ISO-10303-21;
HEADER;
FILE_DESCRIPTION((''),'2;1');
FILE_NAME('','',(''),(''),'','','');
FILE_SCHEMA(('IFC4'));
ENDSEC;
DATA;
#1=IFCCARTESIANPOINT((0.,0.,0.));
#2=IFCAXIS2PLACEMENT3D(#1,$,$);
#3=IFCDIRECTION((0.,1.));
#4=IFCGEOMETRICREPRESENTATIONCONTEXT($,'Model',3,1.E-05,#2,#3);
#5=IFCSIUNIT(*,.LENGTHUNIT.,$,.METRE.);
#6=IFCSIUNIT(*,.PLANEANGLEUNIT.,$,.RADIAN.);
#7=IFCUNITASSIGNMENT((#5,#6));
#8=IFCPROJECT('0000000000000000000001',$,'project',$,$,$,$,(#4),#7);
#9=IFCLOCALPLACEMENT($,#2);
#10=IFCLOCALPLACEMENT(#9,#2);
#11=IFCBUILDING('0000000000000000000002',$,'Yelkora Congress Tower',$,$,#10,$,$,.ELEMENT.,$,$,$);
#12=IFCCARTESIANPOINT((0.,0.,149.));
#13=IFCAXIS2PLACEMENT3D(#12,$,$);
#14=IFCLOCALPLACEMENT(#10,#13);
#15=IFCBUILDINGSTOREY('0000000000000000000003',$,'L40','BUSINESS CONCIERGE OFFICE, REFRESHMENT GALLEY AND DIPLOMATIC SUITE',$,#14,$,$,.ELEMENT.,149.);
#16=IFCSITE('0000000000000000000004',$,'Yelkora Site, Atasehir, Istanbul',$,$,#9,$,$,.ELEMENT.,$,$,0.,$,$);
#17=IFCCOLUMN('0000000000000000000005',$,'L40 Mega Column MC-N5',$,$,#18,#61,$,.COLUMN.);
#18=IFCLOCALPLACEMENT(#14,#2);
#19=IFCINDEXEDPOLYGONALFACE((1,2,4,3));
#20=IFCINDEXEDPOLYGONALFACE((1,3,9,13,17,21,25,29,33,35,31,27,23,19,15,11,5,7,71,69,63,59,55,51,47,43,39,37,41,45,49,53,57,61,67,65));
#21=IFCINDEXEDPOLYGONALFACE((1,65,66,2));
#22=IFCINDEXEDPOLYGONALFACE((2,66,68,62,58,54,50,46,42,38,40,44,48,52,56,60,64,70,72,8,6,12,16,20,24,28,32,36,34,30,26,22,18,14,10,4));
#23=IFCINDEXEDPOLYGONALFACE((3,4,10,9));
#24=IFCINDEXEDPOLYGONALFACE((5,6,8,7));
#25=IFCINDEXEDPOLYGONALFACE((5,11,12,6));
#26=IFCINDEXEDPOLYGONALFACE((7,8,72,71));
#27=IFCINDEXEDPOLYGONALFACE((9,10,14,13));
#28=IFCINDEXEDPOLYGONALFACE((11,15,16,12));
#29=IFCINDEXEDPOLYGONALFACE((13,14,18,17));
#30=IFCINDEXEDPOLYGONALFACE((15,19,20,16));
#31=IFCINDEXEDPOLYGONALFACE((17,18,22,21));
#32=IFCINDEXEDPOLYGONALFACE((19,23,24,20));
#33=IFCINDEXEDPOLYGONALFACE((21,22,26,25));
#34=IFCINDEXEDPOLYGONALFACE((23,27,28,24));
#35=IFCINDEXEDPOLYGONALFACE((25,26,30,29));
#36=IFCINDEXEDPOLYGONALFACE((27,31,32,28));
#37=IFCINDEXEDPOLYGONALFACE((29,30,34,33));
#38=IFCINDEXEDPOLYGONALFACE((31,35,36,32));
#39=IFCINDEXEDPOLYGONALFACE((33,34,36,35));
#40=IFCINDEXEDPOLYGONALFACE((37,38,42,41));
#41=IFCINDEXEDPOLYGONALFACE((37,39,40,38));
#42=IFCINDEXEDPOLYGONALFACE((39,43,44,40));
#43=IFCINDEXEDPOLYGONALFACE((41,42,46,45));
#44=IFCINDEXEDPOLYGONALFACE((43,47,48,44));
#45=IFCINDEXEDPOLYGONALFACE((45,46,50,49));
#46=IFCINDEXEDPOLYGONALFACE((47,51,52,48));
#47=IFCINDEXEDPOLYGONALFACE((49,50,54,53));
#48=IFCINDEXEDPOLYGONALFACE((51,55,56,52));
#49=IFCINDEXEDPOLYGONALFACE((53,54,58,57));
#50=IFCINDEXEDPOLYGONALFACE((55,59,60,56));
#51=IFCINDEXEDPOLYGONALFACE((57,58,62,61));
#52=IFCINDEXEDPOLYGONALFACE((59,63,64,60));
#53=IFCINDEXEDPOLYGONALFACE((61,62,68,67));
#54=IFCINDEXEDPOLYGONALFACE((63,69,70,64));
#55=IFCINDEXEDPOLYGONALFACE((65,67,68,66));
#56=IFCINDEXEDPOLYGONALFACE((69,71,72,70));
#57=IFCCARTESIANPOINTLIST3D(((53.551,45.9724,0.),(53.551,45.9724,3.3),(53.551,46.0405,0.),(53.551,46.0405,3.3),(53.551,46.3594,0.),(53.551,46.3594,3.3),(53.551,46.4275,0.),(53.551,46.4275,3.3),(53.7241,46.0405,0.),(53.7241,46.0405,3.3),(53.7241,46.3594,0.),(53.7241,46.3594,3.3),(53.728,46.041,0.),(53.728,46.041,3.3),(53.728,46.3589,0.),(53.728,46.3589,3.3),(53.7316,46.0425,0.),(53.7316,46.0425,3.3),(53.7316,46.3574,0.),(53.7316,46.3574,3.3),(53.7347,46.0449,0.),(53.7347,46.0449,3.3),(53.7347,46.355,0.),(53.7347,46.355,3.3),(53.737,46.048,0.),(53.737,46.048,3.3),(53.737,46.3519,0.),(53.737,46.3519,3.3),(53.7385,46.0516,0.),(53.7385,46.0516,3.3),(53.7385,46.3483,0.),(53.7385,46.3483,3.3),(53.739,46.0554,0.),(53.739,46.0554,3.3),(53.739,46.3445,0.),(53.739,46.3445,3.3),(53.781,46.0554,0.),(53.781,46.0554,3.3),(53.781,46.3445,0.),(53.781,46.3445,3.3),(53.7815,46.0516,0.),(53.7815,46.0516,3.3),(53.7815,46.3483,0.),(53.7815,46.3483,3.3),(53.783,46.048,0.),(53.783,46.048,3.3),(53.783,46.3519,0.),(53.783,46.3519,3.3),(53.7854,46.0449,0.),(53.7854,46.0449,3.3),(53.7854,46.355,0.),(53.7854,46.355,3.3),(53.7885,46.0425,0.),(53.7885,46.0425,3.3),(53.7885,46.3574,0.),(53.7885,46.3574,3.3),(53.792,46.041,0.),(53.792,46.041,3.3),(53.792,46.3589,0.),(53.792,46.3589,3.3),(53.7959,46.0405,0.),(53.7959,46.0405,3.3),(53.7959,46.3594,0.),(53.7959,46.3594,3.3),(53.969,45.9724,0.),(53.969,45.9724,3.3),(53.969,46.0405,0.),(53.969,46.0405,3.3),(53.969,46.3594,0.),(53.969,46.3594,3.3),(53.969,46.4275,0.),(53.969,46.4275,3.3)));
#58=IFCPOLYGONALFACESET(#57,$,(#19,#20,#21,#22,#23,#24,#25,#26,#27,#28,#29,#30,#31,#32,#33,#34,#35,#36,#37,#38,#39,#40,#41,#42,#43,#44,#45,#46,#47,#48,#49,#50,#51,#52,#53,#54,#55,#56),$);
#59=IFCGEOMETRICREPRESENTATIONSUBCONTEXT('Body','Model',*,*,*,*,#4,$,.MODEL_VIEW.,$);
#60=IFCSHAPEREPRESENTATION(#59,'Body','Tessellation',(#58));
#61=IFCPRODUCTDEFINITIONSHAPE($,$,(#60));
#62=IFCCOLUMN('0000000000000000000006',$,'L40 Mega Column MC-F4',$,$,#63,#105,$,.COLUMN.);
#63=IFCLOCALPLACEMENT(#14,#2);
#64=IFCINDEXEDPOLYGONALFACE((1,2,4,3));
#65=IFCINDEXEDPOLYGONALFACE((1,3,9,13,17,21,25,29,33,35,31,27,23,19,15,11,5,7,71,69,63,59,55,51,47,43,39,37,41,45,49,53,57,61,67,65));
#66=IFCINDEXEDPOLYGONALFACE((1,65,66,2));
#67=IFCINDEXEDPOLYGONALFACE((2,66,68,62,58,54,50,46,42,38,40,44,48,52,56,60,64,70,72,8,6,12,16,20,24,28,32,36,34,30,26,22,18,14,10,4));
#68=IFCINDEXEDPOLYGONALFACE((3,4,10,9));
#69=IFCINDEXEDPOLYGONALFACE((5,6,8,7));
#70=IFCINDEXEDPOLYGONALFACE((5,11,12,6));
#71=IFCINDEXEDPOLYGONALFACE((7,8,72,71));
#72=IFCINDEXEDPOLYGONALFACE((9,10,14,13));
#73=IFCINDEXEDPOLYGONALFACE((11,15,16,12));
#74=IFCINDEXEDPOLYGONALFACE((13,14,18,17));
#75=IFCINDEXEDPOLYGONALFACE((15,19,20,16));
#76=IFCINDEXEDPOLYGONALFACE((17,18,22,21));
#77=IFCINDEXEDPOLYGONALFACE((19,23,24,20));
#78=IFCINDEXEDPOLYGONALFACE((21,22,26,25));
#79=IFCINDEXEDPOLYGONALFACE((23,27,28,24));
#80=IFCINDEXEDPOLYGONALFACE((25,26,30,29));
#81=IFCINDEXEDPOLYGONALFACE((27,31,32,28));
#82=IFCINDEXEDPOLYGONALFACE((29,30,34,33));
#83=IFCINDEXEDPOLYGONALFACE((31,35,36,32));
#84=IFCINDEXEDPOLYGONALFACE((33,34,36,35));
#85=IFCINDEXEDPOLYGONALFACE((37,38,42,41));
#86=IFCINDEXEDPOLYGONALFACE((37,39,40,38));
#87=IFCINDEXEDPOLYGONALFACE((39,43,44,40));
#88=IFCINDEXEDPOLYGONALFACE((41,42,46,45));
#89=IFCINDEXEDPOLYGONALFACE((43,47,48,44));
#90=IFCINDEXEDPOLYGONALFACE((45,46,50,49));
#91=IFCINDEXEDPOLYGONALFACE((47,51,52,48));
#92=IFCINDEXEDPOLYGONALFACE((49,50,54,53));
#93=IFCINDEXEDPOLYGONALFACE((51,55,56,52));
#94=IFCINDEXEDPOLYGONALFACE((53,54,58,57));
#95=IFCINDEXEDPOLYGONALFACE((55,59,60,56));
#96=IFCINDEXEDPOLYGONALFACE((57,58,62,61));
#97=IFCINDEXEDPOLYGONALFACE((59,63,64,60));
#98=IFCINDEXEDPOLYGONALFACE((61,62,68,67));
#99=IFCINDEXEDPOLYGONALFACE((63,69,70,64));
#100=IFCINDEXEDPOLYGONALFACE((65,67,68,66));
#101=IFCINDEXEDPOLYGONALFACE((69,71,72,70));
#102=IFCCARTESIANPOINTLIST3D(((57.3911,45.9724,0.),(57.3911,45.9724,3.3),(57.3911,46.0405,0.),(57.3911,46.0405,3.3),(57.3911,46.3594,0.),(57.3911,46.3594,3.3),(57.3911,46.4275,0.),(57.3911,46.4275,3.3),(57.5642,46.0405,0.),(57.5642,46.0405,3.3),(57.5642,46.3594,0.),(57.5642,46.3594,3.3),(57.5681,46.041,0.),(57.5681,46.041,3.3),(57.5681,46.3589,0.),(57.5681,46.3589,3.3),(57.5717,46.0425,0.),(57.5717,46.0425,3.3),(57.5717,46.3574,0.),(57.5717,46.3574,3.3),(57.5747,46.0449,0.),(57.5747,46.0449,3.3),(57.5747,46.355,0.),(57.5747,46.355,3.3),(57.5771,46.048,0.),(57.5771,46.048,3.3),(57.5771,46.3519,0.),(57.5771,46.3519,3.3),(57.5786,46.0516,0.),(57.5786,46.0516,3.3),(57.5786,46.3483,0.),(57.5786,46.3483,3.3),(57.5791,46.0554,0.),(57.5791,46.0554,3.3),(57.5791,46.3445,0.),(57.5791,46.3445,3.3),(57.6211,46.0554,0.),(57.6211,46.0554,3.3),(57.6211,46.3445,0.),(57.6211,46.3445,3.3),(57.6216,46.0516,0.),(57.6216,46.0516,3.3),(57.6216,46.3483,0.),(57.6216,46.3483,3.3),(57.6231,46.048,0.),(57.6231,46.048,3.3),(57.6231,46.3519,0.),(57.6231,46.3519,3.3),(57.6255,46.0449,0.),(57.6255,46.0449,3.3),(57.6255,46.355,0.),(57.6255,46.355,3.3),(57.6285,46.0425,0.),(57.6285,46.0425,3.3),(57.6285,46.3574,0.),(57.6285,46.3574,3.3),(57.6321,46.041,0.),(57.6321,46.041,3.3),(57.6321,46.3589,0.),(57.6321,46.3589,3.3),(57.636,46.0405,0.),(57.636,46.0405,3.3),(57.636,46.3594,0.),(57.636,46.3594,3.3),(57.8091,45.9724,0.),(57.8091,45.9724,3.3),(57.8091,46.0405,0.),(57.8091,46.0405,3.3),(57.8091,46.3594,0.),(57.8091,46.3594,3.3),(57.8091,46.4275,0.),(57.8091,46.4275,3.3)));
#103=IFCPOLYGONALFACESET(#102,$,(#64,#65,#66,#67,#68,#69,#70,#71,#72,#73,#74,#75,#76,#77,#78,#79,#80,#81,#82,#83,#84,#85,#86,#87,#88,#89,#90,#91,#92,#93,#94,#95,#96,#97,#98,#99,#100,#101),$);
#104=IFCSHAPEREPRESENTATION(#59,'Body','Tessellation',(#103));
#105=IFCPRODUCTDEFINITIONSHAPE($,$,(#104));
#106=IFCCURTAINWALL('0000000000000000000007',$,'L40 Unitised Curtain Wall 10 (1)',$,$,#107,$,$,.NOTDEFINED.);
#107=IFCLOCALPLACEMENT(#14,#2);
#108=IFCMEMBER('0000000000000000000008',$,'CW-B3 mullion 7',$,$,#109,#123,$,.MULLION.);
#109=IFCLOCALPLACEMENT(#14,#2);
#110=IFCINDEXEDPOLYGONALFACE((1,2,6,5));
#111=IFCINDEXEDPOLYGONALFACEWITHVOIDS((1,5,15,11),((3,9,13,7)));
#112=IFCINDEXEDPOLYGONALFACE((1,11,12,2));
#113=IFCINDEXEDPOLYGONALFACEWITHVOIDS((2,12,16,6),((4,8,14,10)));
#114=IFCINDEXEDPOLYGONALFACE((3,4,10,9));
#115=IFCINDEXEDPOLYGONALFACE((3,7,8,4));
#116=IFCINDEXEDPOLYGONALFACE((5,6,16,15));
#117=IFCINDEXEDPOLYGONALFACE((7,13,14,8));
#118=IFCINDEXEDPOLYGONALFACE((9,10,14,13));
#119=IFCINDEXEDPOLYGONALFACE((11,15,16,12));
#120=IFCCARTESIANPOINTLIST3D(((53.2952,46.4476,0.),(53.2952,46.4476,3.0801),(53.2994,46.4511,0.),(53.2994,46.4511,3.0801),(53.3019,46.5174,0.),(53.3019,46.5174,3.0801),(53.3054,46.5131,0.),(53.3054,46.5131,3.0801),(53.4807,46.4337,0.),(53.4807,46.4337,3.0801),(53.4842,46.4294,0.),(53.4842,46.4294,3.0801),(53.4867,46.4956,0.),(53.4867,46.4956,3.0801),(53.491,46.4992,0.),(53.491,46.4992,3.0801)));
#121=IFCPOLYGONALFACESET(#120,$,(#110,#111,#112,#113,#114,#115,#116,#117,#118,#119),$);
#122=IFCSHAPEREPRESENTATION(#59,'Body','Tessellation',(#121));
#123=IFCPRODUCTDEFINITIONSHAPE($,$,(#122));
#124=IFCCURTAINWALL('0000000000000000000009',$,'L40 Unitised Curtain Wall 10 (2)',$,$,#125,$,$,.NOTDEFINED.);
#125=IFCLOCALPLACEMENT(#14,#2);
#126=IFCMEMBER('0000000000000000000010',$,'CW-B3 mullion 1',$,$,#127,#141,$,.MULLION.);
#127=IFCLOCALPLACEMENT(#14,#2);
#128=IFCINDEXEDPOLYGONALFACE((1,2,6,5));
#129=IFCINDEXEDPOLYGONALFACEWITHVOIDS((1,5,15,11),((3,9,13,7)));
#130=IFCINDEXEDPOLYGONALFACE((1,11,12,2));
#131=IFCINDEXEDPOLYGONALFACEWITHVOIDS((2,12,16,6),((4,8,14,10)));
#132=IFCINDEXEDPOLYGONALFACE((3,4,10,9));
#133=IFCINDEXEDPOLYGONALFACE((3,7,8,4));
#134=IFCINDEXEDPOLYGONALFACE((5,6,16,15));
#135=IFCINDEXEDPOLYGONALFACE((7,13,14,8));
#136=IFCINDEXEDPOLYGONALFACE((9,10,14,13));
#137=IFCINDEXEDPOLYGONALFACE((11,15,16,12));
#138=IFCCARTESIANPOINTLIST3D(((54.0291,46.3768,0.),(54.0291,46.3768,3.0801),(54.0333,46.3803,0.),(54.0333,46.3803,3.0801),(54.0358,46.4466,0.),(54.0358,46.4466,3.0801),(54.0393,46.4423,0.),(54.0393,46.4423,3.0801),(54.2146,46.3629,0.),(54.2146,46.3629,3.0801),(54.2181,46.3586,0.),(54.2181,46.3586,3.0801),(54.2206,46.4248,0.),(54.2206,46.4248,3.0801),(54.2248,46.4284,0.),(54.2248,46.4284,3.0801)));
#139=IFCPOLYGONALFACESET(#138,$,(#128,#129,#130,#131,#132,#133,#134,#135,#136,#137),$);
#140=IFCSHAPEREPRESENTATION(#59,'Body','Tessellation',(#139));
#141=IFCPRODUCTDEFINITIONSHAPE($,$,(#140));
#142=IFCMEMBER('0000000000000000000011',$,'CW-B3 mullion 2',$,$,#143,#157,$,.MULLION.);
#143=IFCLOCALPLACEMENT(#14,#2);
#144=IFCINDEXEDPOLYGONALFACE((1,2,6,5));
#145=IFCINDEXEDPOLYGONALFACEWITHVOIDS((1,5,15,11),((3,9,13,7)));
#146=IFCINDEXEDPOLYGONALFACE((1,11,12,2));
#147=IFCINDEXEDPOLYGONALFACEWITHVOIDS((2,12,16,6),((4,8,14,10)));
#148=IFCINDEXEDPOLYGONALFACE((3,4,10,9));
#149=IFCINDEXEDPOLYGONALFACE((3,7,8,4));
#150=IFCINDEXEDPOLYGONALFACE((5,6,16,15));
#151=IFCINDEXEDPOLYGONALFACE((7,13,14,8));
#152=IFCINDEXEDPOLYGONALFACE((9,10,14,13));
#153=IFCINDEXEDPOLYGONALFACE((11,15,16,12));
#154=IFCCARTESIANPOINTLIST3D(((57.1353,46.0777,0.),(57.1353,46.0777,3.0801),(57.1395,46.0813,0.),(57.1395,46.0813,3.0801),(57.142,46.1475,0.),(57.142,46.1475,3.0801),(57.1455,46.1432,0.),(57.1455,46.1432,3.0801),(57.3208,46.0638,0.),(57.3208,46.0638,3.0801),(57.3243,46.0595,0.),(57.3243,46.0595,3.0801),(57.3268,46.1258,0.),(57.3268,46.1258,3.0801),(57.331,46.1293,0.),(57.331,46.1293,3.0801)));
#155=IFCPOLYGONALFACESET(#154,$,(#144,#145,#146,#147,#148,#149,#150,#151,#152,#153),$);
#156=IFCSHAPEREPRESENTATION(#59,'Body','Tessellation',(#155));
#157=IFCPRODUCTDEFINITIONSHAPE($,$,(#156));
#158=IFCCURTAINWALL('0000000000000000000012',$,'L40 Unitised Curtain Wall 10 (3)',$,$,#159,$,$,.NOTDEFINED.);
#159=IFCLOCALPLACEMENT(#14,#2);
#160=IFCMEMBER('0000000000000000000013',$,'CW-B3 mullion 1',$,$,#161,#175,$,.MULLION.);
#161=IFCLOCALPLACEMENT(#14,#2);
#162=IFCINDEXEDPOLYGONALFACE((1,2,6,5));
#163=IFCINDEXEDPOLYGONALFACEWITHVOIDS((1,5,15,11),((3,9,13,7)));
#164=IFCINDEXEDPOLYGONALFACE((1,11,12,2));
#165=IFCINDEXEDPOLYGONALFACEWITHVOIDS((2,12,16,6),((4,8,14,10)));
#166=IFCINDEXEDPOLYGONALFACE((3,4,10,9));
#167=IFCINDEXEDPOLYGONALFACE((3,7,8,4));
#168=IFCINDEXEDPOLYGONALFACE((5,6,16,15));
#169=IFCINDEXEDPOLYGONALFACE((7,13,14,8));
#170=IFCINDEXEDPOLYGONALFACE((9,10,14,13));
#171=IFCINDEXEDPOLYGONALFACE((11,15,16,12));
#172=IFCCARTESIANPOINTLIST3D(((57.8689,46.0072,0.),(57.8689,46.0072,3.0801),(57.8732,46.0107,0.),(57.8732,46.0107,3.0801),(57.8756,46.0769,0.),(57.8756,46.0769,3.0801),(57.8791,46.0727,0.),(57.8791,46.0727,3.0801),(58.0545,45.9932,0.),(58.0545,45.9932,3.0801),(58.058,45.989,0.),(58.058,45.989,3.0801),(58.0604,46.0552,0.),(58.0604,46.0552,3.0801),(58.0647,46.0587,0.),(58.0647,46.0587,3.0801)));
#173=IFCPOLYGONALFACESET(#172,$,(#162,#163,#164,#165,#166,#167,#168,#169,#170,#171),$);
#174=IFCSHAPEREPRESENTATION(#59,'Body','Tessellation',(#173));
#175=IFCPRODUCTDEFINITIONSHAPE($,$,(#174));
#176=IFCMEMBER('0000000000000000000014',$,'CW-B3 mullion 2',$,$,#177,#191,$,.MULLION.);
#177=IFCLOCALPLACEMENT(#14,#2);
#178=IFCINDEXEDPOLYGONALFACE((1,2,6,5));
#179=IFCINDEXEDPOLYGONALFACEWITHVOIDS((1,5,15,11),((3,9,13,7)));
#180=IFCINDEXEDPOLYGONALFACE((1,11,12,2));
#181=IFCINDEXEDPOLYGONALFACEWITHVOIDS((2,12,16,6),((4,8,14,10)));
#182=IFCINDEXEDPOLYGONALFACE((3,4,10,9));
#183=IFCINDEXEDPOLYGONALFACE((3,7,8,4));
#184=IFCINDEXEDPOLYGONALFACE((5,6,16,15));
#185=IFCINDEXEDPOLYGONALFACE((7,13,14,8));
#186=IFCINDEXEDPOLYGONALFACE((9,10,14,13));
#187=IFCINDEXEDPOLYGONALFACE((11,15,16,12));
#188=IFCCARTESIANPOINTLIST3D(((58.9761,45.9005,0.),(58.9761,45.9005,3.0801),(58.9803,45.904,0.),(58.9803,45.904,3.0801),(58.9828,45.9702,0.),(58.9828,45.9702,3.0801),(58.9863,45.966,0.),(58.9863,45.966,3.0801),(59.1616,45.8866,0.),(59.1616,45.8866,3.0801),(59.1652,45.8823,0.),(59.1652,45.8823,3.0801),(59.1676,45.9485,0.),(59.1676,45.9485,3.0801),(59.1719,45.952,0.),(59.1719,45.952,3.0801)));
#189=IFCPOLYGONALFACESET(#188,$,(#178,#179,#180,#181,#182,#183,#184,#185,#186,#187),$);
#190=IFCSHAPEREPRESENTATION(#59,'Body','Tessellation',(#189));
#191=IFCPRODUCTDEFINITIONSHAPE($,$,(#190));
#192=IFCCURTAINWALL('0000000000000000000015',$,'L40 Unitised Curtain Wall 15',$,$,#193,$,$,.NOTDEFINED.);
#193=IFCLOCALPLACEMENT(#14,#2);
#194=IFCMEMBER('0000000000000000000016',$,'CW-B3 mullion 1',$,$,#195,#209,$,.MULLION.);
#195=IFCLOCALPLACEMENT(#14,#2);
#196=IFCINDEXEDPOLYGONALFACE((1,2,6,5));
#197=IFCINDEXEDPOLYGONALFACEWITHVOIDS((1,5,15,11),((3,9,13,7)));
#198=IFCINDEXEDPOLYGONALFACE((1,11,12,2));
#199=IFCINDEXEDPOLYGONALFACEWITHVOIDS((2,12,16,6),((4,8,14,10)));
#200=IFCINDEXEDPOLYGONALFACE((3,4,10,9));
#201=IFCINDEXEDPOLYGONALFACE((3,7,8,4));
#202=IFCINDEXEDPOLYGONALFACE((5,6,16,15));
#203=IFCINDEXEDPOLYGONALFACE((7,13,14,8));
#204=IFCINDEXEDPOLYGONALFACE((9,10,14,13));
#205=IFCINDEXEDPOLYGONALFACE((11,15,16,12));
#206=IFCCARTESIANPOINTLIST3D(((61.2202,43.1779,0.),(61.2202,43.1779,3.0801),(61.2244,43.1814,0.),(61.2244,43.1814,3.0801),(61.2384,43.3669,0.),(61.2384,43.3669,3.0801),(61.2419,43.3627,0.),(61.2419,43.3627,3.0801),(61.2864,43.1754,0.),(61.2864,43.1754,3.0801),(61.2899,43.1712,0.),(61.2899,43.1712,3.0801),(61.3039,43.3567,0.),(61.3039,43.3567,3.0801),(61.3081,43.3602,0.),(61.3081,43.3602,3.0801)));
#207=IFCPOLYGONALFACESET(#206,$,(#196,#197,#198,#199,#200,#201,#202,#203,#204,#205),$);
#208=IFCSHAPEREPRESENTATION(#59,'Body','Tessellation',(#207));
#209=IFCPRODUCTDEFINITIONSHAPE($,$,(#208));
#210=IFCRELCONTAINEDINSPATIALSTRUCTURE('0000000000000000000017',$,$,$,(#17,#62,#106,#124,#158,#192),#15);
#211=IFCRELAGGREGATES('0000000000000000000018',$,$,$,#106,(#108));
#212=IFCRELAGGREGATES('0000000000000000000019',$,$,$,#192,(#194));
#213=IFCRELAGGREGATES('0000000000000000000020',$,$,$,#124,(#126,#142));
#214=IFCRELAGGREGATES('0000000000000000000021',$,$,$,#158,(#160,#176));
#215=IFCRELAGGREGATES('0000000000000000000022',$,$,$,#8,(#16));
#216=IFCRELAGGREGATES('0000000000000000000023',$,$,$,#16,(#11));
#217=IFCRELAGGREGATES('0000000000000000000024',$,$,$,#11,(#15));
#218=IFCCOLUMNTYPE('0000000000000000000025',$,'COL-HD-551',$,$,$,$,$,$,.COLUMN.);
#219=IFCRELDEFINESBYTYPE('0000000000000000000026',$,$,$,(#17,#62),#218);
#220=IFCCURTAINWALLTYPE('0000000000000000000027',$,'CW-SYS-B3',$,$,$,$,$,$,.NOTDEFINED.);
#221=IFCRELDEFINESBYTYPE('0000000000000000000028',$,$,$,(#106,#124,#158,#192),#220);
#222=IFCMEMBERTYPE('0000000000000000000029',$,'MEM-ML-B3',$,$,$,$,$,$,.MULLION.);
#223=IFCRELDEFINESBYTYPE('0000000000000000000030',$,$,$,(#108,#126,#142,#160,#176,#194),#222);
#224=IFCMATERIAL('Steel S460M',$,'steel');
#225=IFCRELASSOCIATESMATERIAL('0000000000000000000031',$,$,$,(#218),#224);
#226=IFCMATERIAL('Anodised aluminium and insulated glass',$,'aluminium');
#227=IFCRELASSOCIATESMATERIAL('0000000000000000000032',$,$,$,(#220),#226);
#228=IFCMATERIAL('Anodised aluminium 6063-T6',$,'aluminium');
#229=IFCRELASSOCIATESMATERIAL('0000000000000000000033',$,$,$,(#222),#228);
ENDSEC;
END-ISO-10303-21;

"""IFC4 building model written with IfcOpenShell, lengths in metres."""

from ifc_helpers import new_model, si_unit, direction, frame, origin, origin_2d, place, context, subcontext, project, spatial, hollow_rectangle, i_section, extrude, material, material_profile, profile_set, type_object, element, aggregate, save


model = new_model("IFC4")

# Units and contexts
model_context = context("Model", 3, precision=1e-05, world=origin(), true_north=direction((0.0, 1.0)))
body_context = subcontext(model_context, "Body", "Model", "MODEL_VIEW")
ifc_project = project(units=[si_unit("LENGTHUNIT", "METRE"), si_unit("PLANEANGLEUNIT", "RADIAN")], contexts=[model_context])

# Site, building, storey
site_placement = place(None, origin())
site = spatial("IfcSite", under=ifc_project, at=site_placement, Name="Yelkora Site, Atasehir, Istanbul", CompositionType="ELEMENT", RefElevation=0.0)
building_placement = place(site_placement, origin())
building = spatial("IfcBuilding", under=site, at=building_placement, Name="Yelkora Congress Tower", CompositionType="ELEMENT")
storey_placement = place(building_placement, frame((0.0, 0.0, 149.0)))
storey = spatial("IfcBuildingStorey", under=building, at=storey_placement, Name="L40", Description="BUSINESS CONCIERGE OFFICE, REFRESHMENT GALLEY AND DIPLOMATIC SUITE", CompositionType="ELEMENT", Elevation=149.0)

# Columns
ifc_material_1 = material(Name="Steel S460M", Category="steel")
ifc_material_profile_1 = material_profile(ifc_material_1, i_section(OverallWidth=0.418, OverallDepth=0.4551, WebThickness=0.042, FlangeThickness=0.0681, FilletRadius=0.0149, at=origin_2d()), Name="HD 400x551")
ifc_profile_set_1 = profile_set([ifc_material_profile_1], Name="Steel S460M")
column_type = type_object("IfcColumnType", Name="COL-HD-551", PredefinedType="COLUMN", material=ifc_profile_set_1)
for number, where, z_axis, x_axis, name in (
    (1, (53.76, 46.2, 0.0), (0.0, 0.0, 1.0), (1.0, 0.0, 0.0), "L40 Mega Column MC-N5"),
    (2, (57.6001, 46.2, 0.0), (0.0, 0.0, 1.0), (1.0, 0.0, 0.0), "L40 Mega Column MC-F4"),
):
    element("IfcColumn", number, at=place(storey_placement, frame(where, z_axis=z_axis, x_axis=x_axis)), inside=storey, type_object=column_type, Name=name, PredefinedType="COLUMN", context=body_context, shape_type="SweptSolid", body=[
        extrude(i_section(OverallWidth=0.418, OverallDepth=0.4551, WebThickness=0.042, FlangeThickness=0.0681, FilletRadius=0.0149, at=origin_2d()), origin(), (0.0, 0.0, 1.0), 3.3),
    ])

# Curtain wall, member
ifc_material_2 = material(Name="Anodised aluminium and insulated glass", Category="aluminium")
curtain_wall_type = type_object("IfcCurtainWallType", Name="CW-SYS-B3", PredefinedType="NOTDEFINED", material=ifc_material_2)
curtain_wall_1_placement = place(storey_placement, origin())
curtain_wall_1 = element("IfcCurtainWall", 3, at=curtain_wall_1_placement, inside=storey, type_object=curtain_wall_type, Name="L40 Unitised Curtain Wall 10 (1)", PredefinedType="NOTDEFINED")
ifc_material_3 = material(Name="Anodised aluminium 6063-T6", Category="aluminium")
ifc_material_profile_2 = material_profile(ifc_material_3, hollow_rectangle(XDim=0.0701, YDim=0.1899, WallThickness=0.0039, at=origin_2d()), Name="ALU 70x190x4")
ifc_profile_set_2 = profile_set([ifc_material_profile_2], Name="Anodised aluminium 6063-T6")
member_type_1 = type_object("IfcMemberType", Name="MEM-ML-B3", PredefinedType="MULLION", material=ifc_profile_set_2)
member_1_placement = place(storey_placement, frame((53.3931, 46.4734, 0.0), z_axis=(0.0, 0.0, 1.0), x_axis=(0.095845, 0.995396, 0.0)))
member_1 = element("IfcMember", 4, at=member_1_placement, type_object=member_type_1, Name="CW-B3 mullion 7", PredefinedType="MULLION", context=body_context, shape_type="SweptSolid", body=[
    extrude(hollow_rectangle(XDim=0.0701, YDim=0.1899, WallThickness=0.0039, at=origin_2d()), origin(), (0.0, 0.0, 1.0), 3.0801),
])
aggregate(curtain_wall_1, [member_1])

# Curtain walls, members
curtain_wall_2_placement = place(storey_placement, origin())
curtain_wall_2 = element("IfcCurtainWall", 5, at=curtain_wall_2_placement, inside=storey, type_object=curtain_wall_type, Name="L40 Unitised Curtain Wall 10 (2)", PredefinedType="NOTDEFINED")
member_2_placement = place(storey_placement, frame((54.127, 46.4026, 0.0), z_axis=(0.0, 0.0, 1.0), x_axis=(0.095841, 0.995397, 0.0)))
member_2 = element("IfcMember", 6, at=member_2_placement, type_object=member_type_1, Name="CW-B3 mullion 1", PredefinedType="MULLION", context=body_context, shape_type="SweptSolid", body=[
    extrude(hollow_rectangle(XDim=0.0701, YDim=0.1899, WallThickness=0.0039, at=origin_2d()), origin(), (0.0, 0.0, 1.0), 3.0801),
])
member_3_placement = place(storey_placement, frame((57.2332, 46.1035, 0.0), z_axis=(0.0, 0.0, 1.0), x_axis=(0.095841, 0.995397, 0.0)))
member_3 = element("IfcMember", 7, at=member_3_placement, type_object=member_type_1, Name="CW-B3 mullion 2", PredefinedType="MULLION", context=body_context, shape_type="SweptSolid", body=[
    extrude(hollow_rectangle(XDim=0.0701, YDim=0.1899, WallThickness=0.0039, at=origin_2d()), origin(), (0.0, 0.0, 1.0), 3.0801),
])
curtain_wall_3_placement = place(storey_placement, origin())
curtain_wall_3 = element("IfcCurtainWall", 8, at=curtain_wall_3_placement, inside=storey, type_object=curtain_wall_type, Name="L40 Unitised Curtain Wall 10 (3)", PredefinedType="NOTDEFINED")
member_4_placement = place(storey_placement, frame((57.9668, 46.033, 0.0), z_axis=(0.0, 0.0, 1.0), x_axis=(0.095843, 0.995396, 0.0)))
member_4 = element("IfcMember", 9, at=member_4_placement, type_object=member_type_1, Name="CW-B3 mullion 1", PredefinedType="MULLION", context=body_context, shape_type="SweptSolid", body=[
    extrude(hollow_rectangle(XDim=0.0701, YDim=0.1899, WallThickness=0.0039, at=origin_2d()), origin(), (0.0, 0.0, 1.0), 3.0801),
])
member_5_placement = place(storey_placement, frame((59.074, 45.9263, 0.0), z_axis=(0.0, 0.0, 1.0), x_axis=(0.095843, 0.995396, 0.0)))
member_5 = element("IfcMember", 10, at=member_5_placement, type_object=member_type_1, Name="CW-B3 mullion 2", PredefinedType="MULLION", context=body_context, shape_type="SweptSolid", body=[
    extrude(hollow_rectangle(XDim=0.0701, YDim=0.1899, WallThickness=0.0039, at=origin_2d()), origin(), (0.0, 0.0, 1.0), 3.0801),
])

# Curtain wall, member
curtain_wall_4_placement = place(storey_placement, origin())
curtain_wall_4 = element("IfcCurtainWall", 11, at=curtain_wall_4_placement, inside=storey, type_object=curtain_wall_type, Name="L40 Unitised Curtain Wall 15", PredefinedType="NOTDEFINED")
member_6_placement = place(storey_placement, frame((61.2642, 43.269, 0.0), z_axis=(0.0, 0.0, 1.0), x_axis=(0.995397, -0.095842, 0.0)))
member_6 = element("IfcMember", 12, at=member_6_placement, type_object=member_type_1, Name="CW-B3 mullion 1", PredefinedType="MULLION", context=body_context, shape_type="SweptSolid", body=[
    extrude(hollow_rectangle(XDim=0.0701, YDim=0.1899, WallThickness=0.0039, at=origin_2d()), origin(), (0.0, 0.0, 1.0), 3.0801),
])
aggregate(curtain_wall_4, [member_6])

aggregate(curtain_wall_2, [member_2, member_3])
aggregate(curtain_wall_3, [member_4, member_5])

save(model, "model.ifc")
